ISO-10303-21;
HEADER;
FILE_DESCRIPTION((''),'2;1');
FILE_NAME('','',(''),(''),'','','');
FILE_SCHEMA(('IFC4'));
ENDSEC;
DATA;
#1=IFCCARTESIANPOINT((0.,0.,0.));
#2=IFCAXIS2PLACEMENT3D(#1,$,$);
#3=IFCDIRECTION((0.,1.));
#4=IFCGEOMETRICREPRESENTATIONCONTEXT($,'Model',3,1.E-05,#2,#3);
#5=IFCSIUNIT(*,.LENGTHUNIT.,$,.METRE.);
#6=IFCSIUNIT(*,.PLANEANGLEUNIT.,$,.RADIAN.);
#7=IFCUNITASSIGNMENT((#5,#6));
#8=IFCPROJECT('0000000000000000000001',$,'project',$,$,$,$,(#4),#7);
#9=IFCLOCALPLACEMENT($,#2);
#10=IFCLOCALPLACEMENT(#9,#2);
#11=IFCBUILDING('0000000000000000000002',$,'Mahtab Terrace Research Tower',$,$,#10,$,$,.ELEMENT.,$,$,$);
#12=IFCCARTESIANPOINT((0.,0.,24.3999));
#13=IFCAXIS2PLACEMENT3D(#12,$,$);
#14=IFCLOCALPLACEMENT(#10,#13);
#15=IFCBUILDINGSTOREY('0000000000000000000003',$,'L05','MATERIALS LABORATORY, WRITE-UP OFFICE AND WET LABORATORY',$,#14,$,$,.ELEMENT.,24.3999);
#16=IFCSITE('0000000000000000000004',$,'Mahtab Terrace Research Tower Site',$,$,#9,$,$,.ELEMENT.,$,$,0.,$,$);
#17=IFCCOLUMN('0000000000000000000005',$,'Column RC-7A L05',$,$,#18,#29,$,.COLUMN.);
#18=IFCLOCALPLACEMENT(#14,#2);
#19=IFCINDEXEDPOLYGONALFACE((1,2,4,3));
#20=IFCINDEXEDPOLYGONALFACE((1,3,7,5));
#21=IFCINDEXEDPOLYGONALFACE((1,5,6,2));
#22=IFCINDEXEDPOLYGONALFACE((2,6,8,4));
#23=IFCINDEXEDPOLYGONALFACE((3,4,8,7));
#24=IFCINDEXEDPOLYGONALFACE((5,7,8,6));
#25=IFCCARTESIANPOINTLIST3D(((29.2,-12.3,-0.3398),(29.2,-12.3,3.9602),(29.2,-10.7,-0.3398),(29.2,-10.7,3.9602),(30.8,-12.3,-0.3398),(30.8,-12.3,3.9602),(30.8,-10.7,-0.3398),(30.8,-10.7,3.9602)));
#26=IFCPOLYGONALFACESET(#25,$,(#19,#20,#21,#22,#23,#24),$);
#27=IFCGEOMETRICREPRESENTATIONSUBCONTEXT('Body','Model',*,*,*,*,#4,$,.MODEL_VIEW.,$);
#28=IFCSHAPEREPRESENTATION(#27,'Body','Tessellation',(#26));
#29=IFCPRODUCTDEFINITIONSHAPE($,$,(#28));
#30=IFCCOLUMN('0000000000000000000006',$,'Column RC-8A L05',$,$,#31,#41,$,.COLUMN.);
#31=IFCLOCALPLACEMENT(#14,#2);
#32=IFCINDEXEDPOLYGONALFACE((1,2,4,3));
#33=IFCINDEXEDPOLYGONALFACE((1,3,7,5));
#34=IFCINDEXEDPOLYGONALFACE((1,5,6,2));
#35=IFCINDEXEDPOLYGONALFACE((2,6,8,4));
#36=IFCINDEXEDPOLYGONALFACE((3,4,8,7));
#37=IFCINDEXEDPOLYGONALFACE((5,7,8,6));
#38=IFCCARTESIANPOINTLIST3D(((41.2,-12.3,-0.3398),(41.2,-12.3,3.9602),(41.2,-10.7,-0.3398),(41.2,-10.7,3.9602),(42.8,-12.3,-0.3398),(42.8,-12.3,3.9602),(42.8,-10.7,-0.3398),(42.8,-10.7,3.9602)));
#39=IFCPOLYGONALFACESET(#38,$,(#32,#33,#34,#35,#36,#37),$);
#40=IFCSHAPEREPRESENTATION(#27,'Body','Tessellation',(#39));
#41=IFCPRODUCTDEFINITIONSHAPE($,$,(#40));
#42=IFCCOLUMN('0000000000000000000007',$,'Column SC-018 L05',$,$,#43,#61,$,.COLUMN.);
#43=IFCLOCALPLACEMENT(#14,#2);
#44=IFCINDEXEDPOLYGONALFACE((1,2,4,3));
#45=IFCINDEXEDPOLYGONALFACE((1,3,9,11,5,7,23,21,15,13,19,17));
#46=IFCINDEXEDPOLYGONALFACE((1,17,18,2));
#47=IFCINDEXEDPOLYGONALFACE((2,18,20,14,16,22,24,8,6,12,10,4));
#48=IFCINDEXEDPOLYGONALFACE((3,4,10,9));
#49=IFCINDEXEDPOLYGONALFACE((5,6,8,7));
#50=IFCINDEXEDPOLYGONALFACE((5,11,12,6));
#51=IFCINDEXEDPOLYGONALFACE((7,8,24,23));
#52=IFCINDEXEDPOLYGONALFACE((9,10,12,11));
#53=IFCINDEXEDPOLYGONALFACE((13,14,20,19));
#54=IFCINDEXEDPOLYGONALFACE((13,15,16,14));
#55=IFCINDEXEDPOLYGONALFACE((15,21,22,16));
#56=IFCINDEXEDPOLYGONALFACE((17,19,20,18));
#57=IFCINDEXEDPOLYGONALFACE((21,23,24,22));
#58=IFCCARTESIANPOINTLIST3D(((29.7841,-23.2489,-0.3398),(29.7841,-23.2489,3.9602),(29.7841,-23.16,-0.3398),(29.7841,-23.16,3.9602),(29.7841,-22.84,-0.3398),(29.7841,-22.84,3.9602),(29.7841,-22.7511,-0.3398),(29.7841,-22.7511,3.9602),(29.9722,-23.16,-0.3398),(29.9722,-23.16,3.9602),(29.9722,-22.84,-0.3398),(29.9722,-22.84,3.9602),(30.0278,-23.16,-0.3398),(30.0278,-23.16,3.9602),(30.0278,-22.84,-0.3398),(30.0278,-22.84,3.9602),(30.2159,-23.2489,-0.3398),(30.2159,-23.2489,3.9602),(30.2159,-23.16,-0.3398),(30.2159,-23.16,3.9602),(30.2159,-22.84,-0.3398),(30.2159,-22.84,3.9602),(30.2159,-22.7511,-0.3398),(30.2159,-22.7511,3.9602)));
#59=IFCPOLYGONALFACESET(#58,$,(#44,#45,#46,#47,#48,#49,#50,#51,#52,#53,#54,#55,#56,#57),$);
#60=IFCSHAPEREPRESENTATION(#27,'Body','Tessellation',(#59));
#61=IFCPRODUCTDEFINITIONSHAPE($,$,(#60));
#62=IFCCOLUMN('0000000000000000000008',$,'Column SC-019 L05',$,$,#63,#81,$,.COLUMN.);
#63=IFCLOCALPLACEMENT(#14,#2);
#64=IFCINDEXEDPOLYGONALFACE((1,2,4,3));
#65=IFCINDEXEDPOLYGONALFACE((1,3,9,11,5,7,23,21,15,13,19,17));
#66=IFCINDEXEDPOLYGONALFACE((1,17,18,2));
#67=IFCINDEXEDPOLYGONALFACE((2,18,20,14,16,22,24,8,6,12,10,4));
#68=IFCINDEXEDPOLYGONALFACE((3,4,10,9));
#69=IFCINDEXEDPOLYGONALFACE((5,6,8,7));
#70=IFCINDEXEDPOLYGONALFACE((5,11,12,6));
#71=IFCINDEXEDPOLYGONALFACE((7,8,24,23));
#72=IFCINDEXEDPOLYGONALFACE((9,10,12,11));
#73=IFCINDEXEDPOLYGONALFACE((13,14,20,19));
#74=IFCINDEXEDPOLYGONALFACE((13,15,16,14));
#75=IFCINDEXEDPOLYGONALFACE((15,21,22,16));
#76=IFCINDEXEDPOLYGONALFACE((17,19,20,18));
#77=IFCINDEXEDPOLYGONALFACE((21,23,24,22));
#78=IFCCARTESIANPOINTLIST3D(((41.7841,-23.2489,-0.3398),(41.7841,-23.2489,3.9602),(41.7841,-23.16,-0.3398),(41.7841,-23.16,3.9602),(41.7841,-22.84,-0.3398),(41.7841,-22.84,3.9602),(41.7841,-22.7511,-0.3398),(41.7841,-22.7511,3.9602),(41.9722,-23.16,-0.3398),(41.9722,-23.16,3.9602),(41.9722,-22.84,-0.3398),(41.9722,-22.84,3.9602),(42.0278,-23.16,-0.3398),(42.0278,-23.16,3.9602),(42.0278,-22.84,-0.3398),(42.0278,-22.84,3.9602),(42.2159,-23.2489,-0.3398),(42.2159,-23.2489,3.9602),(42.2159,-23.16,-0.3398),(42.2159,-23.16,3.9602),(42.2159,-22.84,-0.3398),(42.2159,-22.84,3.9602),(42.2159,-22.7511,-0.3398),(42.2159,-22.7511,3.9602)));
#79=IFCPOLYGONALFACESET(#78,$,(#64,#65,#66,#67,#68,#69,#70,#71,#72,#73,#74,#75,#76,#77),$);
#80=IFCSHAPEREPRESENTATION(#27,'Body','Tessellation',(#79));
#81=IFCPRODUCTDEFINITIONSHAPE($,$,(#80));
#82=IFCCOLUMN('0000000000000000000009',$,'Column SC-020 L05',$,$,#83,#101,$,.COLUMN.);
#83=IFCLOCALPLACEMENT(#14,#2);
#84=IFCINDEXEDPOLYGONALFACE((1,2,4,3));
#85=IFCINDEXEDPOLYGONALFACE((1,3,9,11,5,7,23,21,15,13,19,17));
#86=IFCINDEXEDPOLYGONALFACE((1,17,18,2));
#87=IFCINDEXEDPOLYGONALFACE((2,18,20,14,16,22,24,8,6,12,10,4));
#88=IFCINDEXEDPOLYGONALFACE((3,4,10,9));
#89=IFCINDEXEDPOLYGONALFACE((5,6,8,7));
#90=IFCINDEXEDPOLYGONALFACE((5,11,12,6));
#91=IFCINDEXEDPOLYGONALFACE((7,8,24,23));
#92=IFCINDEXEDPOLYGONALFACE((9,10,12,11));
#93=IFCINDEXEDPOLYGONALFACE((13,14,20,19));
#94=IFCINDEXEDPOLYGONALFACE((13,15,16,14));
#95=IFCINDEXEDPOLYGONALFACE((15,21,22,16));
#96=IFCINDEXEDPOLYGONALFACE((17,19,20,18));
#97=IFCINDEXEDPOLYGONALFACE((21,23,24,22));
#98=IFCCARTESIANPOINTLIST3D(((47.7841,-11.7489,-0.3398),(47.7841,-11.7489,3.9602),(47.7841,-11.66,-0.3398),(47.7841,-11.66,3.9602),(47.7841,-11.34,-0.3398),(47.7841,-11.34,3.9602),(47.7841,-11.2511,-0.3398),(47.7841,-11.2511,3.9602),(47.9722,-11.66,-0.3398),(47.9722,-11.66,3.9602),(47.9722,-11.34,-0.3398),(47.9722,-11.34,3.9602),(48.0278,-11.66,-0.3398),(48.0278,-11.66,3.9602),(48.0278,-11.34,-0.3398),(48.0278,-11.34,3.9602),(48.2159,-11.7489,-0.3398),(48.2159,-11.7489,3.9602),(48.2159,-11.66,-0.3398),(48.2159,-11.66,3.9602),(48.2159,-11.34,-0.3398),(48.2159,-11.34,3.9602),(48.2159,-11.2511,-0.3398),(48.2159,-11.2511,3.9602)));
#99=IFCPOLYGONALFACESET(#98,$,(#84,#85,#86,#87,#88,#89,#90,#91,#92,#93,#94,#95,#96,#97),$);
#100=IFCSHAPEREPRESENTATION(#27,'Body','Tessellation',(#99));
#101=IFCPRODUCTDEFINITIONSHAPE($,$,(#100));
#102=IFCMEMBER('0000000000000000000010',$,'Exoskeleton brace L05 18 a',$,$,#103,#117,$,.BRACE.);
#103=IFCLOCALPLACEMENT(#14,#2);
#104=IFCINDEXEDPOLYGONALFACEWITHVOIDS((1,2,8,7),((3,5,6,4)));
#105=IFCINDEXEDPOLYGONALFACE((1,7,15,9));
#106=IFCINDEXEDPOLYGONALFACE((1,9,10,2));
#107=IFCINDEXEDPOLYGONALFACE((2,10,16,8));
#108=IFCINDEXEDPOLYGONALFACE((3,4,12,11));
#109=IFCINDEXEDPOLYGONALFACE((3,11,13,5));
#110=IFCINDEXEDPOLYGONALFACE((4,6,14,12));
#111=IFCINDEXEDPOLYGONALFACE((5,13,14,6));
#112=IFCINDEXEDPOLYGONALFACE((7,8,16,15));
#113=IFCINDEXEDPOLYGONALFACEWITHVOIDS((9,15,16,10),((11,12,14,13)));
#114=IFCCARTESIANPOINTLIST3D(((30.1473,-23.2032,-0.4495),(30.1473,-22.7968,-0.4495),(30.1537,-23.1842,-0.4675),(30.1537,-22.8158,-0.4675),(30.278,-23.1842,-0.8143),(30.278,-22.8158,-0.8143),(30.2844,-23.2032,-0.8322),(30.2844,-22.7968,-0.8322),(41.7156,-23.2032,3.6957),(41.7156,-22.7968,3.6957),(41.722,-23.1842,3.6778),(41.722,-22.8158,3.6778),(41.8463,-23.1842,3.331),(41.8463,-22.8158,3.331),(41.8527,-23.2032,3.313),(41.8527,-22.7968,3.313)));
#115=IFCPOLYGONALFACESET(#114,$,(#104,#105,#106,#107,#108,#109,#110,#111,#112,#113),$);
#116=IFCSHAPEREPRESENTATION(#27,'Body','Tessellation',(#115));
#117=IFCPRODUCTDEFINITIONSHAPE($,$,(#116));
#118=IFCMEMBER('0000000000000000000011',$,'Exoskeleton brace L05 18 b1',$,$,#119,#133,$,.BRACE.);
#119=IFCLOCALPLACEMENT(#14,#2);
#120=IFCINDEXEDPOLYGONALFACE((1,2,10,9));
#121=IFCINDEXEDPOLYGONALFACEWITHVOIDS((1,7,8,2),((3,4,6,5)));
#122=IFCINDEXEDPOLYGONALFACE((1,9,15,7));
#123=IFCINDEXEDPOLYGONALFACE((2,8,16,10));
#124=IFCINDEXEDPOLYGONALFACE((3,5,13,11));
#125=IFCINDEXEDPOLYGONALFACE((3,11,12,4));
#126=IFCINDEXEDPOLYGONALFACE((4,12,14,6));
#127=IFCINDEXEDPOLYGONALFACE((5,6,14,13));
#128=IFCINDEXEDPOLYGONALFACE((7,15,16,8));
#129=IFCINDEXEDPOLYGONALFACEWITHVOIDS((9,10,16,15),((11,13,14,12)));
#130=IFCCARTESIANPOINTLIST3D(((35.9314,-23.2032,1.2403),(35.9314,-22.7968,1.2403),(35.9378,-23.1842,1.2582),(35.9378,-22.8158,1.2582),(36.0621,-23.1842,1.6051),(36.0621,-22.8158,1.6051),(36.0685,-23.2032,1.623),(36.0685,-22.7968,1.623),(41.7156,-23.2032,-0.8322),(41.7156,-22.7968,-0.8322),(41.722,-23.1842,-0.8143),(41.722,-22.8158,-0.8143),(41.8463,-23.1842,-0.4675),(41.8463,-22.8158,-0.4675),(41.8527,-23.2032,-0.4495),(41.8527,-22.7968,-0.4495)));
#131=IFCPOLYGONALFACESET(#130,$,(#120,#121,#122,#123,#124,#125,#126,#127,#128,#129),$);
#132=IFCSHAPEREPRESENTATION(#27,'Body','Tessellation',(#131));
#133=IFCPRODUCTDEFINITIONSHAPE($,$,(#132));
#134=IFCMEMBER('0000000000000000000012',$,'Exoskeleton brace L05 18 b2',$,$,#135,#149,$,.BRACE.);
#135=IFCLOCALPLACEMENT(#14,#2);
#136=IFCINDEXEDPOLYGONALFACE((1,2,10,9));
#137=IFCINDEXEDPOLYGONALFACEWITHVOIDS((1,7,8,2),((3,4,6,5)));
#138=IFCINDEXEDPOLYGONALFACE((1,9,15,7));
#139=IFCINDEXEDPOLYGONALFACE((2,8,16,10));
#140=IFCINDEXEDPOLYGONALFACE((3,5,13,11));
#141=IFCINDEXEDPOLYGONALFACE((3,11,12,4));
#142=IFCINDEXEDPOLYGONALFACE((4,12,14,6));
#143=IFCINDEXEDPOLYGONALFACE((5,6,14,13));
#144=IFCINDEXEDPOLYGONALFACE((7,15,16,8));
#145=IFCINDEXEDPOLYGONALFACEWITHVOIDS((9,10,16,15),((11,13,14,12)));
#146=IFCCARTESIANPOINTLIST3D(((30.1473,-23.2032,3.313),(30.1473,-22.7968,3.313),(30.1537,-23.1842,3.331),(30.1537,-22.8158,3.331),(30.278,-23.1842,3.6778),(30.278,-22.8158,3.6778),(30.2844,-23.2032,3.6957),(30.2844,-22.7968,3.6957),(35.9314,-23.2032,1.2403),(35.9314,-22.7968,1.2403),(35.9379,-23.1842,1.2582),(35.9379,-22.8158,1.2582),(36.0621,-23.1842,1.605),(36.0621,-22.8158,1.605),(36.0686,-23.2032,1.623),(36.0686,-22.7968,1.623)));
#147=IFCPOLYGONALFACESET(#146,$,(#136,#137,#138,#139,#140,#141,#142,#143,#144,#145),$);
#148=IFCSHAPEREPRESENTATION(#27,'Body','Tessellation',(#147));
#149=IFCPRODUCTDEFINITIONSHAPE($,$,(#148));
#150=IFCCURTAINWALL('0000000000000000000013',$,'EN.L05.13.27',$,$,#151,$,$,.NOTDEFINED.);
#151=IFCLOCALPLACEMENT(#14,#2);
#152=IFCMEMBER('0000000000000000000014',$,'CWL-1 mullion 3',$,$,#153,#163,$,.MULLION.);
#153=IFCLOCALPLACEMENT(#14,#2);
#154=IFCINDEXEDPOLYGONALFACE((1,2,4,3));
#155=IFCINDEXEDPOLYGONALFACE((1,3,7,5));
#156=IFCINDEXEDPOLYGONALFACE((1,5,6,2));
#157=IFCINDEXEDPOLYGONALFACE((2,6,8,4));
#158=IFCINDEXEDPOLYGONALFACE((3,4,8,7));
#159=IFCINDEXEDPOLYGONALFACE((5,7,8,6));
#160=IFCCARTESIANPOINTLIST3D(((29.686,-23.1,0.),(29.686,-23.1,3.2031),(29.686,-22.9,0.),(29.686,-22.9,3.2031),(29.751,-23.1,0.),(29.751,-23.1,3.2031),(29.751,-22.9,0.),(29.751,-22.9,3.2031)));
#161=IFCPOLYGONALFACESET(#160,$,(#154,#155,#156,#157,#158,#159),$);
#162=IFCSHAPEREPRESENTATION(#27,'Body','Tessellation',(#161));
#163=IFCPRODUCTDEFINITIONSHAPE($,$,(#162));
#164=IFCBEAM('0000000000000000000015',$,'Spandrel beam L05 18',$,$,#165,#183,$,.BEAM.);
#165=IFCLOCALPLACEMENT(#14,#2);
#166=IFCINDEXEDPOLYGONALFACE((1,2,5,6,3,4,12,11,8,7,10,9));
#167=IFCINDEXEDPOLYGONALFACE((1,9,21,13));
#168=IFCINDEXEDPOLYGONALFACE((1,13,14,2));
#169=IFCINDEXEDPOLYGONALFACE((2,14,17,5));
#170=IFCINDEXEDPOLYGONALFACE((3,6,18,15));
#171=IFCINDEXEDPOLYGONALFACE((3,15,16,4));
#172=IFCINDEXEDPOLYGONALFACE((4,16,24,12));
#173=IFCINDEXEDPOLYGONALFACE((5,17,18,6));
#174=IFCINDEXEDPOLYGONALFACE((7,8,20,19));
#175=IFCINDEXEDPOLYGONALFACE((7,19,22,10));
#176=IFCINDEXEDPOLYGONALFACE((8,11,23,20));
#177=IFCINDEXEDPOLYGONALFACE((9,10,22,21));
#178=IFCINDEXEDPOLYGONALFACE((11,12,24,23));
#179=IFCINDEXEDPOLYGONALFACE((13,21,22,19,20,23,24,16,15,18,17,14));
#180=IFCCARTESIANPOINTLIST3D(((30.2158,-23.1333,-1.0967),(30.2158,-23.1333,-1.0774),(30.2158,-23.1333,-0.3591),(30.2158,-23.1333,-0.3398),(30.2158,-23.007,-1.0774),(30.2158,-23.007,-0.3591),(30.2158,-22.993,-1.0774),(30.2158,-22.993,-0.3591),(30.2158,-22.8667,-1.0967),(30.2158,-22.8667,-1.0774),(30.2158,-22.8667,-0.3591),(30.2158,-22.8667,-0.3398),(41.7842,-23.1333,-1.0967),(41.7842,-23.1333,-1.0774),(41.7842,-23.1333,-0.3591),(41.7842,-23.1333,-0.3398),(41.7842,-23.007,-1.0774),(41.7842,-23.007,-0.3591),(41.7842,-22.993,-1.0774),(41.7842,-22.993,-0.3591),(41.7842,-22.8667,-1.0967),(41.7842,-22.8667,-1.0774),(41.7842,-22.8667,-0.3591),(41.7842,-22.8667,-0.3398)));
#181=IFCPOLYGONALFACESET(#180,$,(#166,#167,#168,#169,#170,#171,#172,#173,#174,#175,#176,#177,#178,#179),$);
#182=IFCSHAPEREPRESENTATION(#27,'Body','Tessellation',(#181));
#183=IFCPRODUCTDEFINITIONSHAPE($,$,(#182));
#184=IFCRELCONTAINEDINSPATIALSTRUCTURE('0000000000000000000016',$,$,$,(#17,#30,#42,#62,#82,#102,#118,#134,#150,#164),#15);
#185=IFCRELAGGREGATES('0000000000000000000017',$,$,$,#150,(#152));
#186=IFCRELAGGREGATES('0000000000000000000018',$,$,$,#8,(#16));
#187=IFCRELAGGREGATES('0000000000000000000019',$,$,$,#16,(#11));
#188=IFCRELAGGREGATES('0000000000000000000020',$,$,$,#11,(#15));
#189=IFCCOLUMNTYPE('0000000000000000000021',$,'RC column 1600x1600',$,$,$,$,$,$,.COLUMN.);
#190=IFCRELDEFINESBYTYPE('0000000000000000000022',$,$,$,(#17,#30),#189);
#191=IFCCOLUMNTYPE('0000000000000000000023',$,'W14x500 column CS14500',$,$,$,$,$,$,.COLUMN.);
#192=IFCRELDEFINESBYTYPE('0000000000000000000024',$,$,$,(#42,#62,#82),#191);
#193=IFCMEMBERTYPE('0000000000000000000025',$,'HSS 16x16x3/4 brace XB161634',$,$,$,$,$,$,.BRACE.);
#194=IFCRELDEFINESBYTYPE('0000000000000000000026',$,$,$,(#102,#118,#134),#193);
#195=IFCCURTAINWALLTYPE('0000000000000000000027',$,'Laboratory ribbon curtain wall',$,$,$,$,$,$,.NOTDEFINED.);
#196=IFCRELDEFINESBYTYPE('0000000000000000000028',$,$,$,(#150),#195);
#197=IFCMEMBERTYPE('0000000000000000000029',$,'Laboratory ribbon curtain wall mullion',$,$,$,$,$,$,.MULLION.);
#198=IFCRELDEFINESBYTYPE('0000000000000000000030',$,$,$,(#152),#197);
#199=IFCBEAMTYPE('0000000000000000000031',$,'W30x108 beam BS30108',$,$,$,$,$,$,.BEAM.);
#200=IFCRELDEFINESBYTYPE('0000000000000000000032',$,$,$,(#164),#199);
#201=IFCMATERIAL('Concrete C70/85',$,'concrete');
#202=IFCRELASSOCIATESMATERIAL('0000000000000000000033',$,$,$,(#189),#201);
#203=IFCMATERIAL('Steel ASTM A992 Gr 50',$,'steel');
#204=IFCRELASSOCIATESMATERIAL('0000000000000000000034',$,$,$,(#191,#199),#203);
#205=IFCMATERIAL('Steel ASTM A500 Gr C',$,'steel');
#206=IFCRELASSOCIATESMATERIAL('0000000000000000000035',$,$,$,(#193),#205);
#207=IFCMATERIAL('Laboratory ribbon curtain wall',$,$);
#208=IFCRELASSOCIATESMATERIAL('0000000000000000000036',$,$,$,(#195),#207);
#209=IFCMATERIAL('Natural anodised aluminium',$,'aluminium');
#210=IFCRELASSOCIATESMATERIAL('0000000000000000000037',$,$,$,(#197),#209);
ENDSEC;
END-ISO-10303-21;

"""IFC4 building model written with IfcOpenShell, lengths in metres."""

from ifc_helpers import new_model, si_unit, direction, frame, origin, origin_2d, place, context, subcontext, project, spatial, rectangle, hollow_rectangle, i_section, extrude, material, material_profile, profile_set, type_object, element, aggregate, save


model = new_model("IFC4")

# Units and contexts
model_context = context("Model", 3, precision=1e-05, world=origin(), true_north=direction((0.0, 1.0)))
body_context = subcontext(model_context, "Body", "Model", "MODEL_VIEW")
ifc_project = project(units=[si_unit("LENGTHUNIT", "METRE"), si_unit("PLANEANGLEUNIT", "RADIAN")], contexts=[model_context])

# Site, building, storey
site_placement = place(None, origin())
site = spatial("IfcSite", under=ifc_project, at=site_placement, Name="Mahtab Terrace Research Tower Site", CompositionType="ELEMENT", RefElevation=0.0)
building_placement = place(site_placement, origin())
building = spatial("IfcBuilding", under=site, at=building_placement, Name="Mahtab Terrace Research Tower", CompositionType="ELEMENT")
storey_placement = place(building_placement, frame((0.0, 0.0, 24.3999)))
storey = spatial("IfcBuildingStorey", under=building, at=storey_placement, Name="L05", Description="MATERIALS LABORATORY, WRITE-UP OFFICE AND WET LABORATORY", CompositionType="ELEMENT", Elevation=24.3999)

# Columns
ifc_material_1 = material(Name="Concrete C70/85", Category="concrete")
ifc_material_profile_1 = material_profile(ifc_material_1, rectangle(XDim=1.6001, YDim=1.6001, at=origin_2d()), Name="RC column 1600x1600")
ifc_profile_set_1 = profile_set([ifc_material_profile_1], Name="Concrete C70/85")
column_type_1 = type_object("IfcColumnType", Name="RC column 1600x1600", PredefinedType="COLUMN", material=ifc_profile_set_1)
for number, where, z_axis, x_axis, name in (
    (1, (30.0, -11.5, -0.3398), (0.0, 0.0, 1.0), (1.0, 0.0, 0.0), "Column RC-7A L05"),
    (2, (42.0, -11.5, -0.3398), (0.0, 0.0, 1.0), (1.0, 0.0, 0.0), "Column RC-8A L05"),
):
    element("IfcColumn", number, at=place(storey_placement, frame(where, z_axis=z_axis, x_axis=x_axis)), inside=storey, type_object=column_type_1, Name=name, PredefinedType="COLUMN", context=body_context, shape_type="SweptSolid", body=[
        extrude(rectangle(XDim=1.6001, YDim=1.6001, at=origin_2d()), origin(), (0.0, 0.0, 1.0), 4.3),
    ])
ifc_material_2 = material(Name="Steel ASTM A992 Gr 50", Category="steel")
ifc_material_profile_2 = material_profile(ifc_material_2, i_section(OverallWidth=0.4319, OverallDepth=0.4978, WebThickness=0.0557, FlangeThickness=0.0889, at=origin_2d()), Name="W14X500")
ifc_profile_set_2 = profile_set([ifc_material_profile_2], Name="Steel ASTM A992 Gr 50")
column_type_2 = type_object("IfcColumnType", Name="W14x500 column CS14500", PredefinedType="COLUMN", material=ifc_profile_set_2)
for number, where, z_axis, x_axis, name in (
    (3, (30.0, -23.0, -0.3398), (0.0, 0.0, 1.0), (1.0, 0.0, 0.0), "Column SC-018 L05"),
    (4, (42.0, -23.0, -0.3398), (0.0, 0.0, 1.0), (1.0, 0.0, 0.0), "Column SC-019 L05"),
    (5, (48.0, -11.5, -0.3398), (0.0, 0.0, 1.0), (1.0, 0.0, 0.0), "Column SC-020 L05"),
):
    element("IfcColumn", number, at=place(storey_placement, frame(where, z_axis=z_axis, x_axis=x_axis)), inside=storey, type_object=column_type_2, Name=name, PredefinedType="COLUMN", context=body_context, shape_type="SweptSolid", body=[
        extrude(i_section(OverallWidth=0.4319, OverallDepth=0.4978, WebThickness=0.0557, FlangeThickness=0.0889, at=origin_2d()), origin(), (0.0, 0.0, 1.0), 4.3),
    ])

# Members
ifc_material_3 = material(Name="Steel ASTM A500 Gr C", Category="steel")
ifc_material_profile_3 = material_profile(ifc_material_3, hollow_rectangle(XDim=0.4065, YDim=0.4065, WallThickness=0.019, at=origin_2d()), Name="HSS16X16X3/4")
ifc_profile_set_3 = profile_set([ifc_material_profile_3], Name="Steel ASTM A500 Gr C")
member_type_1 = type_object("IfcMemberType", Name="HSS 16x16x3/4 brace XB161634", PredefinedType="BRACE", material=ifc_profile_set_3)
member_1_placement = place(storey_placement, frame((30.2158, -23.0, -0.6409), z_axis=(0.941388, 0.0, 0.337325), x_axis=(0.0, 1.0, 0.0)))
element("IfcMember", 6, at=member_1_placement, inside=storey, type_object=member_type_1, Name="Exoskeleton brace L05 18 a", PredefinedType="BRACE", context=body_context, shape_type="SweptSolid", body=[
    extrude(hollow_rectangle(XDim=0.4065, YDim=0.4065, WallThickness=0.019, at=origin_2d()), origin(), (0.0, 0.0, 1.0), 12.2886),
])
for number, where, z_axis, x_axis, name in (
    (7, (41.7842, -23.0, -0.6409), (-0.941394, 0.0, 0.337308), (0.0, -1.0, 0.0), "Exoskeleton brace L05 18 b1"),
    (8, (36.0, -23.0, 1.4316), (-0.941382, 0.0, 0.337343), (0.0, -1.0, 0.0), "Exoskeleton brace L05 18 b2"),
):
    element("IfcMember", number, at=place(storey_placement, frame(where, z_axis=z_axis, x_axis=x_axis)), inside=storey, type_object=member_type_1, Name=name, PredefinedType="BRACE", context=body_context, shape_type="SweptSolid", body=[
        extrude(hollow_rectangle(XDim=0.4065, YDim=0.4065, WallThickness=0.019, at=origin_2d()), origin(), (0.0, 0.0, 1.0), 6.1443),
    ])

# Curtain wall, member
ifc_material_4 = material(Name="Laboratory ribbon curtain wall")
curtain_wall_type = type_object("IfcCurtainWallType", Name="Laboratory ribbon curtain wall", PredefinedType="NOTDEFINED", material=ifc_material_4)
curtain_wall_placement = place(storey_placement, origin())
curtain_wall = element("IfcCurtainWall", 9, at=curtain_wall_placement, inside=storey, type_object=curtain_wall_type, Name="EN.L05.13.27", PredefinedType="NOTDEFINED")
ifc_material_5 = material(Name="Natural anodised aluminium", Category="aluminium")
ifc_material_profile_4 = material_profile(ifc_material_5, rectangle(XDim=0.2, YDim=0.0649, at=origin_2d()), Name="MULLION 65x200")
ifc_profile_set_4 = profile_set([ifc_material_profile_4], Name="Natural anodised aluminium")
member_type_2 = type_object("IfcMemberType", Name="Laboratory ribbon curtain wall mullion", PredefinedType="MULLION", material=ifc_profile_set_4)
member_2_placement = place(storey_placement, frame((29.7185, -23.0, 0.0), z_axis=(0.0, 0.0, 1.0), x_axis=(0.0, 1.0, 0.0)))
member_2 = element("IfcMember", 10, at=member_2_placement, type_object=member_type_2, Name="CWL-1 mullion 3", PredefinedType="MULLION", context=body_context, shape_type="SweptSolid", body=[
    extrude(rectangle(XDim=0.2, YDim=0.0649, at=origin_2d()), origin(), (0.0, 0.0, 1.0), 3.2031),
])
aggregate(curtain_wall, [member_2])

# Beam
ifc_material_profile_5 = material_profile(ifc_material_2, i_section(OverallWidth=0.2666, OverallDepth=0.7568, WebThickness=0.0139, FlangeThickness=0.0193, at=origin_2d()), Name="W30X108")
ifc_profile_set_5 = profile_set([ifc_material_profile_5], Name="Steel ASTM A992 Gr 50")
beam_type = type_object("IfcBeamType", Name="W30x108 beam BS30108", PredefinedType="BEAM", material=ifc_profile_set_5)
beam_1_placement = place(storey_placement, frame((30.2158, -23.0, -0.7183), z_axis=(1.0, 0.0, 0.0), x_axis=(0.0, 1.0, 0.0)))
element("IfcBeam", 11, at=beam_1_placement, inside=storey, type_object=beam_type, Name="Spandrel beam L05 18", PredefinedType="BEAM", context=body_context, shape_type="SweptSolid", body=[
    extrude(i_section(OverallWidth=0.2666, OverallDepth=0.7568, WebThickness=0.0139, FlangeThickness=0.0193, at=origin_2d()), origin(), (0.0, 0.0, 1.0), 11.5684),
])

save(model, "model.ifc")
